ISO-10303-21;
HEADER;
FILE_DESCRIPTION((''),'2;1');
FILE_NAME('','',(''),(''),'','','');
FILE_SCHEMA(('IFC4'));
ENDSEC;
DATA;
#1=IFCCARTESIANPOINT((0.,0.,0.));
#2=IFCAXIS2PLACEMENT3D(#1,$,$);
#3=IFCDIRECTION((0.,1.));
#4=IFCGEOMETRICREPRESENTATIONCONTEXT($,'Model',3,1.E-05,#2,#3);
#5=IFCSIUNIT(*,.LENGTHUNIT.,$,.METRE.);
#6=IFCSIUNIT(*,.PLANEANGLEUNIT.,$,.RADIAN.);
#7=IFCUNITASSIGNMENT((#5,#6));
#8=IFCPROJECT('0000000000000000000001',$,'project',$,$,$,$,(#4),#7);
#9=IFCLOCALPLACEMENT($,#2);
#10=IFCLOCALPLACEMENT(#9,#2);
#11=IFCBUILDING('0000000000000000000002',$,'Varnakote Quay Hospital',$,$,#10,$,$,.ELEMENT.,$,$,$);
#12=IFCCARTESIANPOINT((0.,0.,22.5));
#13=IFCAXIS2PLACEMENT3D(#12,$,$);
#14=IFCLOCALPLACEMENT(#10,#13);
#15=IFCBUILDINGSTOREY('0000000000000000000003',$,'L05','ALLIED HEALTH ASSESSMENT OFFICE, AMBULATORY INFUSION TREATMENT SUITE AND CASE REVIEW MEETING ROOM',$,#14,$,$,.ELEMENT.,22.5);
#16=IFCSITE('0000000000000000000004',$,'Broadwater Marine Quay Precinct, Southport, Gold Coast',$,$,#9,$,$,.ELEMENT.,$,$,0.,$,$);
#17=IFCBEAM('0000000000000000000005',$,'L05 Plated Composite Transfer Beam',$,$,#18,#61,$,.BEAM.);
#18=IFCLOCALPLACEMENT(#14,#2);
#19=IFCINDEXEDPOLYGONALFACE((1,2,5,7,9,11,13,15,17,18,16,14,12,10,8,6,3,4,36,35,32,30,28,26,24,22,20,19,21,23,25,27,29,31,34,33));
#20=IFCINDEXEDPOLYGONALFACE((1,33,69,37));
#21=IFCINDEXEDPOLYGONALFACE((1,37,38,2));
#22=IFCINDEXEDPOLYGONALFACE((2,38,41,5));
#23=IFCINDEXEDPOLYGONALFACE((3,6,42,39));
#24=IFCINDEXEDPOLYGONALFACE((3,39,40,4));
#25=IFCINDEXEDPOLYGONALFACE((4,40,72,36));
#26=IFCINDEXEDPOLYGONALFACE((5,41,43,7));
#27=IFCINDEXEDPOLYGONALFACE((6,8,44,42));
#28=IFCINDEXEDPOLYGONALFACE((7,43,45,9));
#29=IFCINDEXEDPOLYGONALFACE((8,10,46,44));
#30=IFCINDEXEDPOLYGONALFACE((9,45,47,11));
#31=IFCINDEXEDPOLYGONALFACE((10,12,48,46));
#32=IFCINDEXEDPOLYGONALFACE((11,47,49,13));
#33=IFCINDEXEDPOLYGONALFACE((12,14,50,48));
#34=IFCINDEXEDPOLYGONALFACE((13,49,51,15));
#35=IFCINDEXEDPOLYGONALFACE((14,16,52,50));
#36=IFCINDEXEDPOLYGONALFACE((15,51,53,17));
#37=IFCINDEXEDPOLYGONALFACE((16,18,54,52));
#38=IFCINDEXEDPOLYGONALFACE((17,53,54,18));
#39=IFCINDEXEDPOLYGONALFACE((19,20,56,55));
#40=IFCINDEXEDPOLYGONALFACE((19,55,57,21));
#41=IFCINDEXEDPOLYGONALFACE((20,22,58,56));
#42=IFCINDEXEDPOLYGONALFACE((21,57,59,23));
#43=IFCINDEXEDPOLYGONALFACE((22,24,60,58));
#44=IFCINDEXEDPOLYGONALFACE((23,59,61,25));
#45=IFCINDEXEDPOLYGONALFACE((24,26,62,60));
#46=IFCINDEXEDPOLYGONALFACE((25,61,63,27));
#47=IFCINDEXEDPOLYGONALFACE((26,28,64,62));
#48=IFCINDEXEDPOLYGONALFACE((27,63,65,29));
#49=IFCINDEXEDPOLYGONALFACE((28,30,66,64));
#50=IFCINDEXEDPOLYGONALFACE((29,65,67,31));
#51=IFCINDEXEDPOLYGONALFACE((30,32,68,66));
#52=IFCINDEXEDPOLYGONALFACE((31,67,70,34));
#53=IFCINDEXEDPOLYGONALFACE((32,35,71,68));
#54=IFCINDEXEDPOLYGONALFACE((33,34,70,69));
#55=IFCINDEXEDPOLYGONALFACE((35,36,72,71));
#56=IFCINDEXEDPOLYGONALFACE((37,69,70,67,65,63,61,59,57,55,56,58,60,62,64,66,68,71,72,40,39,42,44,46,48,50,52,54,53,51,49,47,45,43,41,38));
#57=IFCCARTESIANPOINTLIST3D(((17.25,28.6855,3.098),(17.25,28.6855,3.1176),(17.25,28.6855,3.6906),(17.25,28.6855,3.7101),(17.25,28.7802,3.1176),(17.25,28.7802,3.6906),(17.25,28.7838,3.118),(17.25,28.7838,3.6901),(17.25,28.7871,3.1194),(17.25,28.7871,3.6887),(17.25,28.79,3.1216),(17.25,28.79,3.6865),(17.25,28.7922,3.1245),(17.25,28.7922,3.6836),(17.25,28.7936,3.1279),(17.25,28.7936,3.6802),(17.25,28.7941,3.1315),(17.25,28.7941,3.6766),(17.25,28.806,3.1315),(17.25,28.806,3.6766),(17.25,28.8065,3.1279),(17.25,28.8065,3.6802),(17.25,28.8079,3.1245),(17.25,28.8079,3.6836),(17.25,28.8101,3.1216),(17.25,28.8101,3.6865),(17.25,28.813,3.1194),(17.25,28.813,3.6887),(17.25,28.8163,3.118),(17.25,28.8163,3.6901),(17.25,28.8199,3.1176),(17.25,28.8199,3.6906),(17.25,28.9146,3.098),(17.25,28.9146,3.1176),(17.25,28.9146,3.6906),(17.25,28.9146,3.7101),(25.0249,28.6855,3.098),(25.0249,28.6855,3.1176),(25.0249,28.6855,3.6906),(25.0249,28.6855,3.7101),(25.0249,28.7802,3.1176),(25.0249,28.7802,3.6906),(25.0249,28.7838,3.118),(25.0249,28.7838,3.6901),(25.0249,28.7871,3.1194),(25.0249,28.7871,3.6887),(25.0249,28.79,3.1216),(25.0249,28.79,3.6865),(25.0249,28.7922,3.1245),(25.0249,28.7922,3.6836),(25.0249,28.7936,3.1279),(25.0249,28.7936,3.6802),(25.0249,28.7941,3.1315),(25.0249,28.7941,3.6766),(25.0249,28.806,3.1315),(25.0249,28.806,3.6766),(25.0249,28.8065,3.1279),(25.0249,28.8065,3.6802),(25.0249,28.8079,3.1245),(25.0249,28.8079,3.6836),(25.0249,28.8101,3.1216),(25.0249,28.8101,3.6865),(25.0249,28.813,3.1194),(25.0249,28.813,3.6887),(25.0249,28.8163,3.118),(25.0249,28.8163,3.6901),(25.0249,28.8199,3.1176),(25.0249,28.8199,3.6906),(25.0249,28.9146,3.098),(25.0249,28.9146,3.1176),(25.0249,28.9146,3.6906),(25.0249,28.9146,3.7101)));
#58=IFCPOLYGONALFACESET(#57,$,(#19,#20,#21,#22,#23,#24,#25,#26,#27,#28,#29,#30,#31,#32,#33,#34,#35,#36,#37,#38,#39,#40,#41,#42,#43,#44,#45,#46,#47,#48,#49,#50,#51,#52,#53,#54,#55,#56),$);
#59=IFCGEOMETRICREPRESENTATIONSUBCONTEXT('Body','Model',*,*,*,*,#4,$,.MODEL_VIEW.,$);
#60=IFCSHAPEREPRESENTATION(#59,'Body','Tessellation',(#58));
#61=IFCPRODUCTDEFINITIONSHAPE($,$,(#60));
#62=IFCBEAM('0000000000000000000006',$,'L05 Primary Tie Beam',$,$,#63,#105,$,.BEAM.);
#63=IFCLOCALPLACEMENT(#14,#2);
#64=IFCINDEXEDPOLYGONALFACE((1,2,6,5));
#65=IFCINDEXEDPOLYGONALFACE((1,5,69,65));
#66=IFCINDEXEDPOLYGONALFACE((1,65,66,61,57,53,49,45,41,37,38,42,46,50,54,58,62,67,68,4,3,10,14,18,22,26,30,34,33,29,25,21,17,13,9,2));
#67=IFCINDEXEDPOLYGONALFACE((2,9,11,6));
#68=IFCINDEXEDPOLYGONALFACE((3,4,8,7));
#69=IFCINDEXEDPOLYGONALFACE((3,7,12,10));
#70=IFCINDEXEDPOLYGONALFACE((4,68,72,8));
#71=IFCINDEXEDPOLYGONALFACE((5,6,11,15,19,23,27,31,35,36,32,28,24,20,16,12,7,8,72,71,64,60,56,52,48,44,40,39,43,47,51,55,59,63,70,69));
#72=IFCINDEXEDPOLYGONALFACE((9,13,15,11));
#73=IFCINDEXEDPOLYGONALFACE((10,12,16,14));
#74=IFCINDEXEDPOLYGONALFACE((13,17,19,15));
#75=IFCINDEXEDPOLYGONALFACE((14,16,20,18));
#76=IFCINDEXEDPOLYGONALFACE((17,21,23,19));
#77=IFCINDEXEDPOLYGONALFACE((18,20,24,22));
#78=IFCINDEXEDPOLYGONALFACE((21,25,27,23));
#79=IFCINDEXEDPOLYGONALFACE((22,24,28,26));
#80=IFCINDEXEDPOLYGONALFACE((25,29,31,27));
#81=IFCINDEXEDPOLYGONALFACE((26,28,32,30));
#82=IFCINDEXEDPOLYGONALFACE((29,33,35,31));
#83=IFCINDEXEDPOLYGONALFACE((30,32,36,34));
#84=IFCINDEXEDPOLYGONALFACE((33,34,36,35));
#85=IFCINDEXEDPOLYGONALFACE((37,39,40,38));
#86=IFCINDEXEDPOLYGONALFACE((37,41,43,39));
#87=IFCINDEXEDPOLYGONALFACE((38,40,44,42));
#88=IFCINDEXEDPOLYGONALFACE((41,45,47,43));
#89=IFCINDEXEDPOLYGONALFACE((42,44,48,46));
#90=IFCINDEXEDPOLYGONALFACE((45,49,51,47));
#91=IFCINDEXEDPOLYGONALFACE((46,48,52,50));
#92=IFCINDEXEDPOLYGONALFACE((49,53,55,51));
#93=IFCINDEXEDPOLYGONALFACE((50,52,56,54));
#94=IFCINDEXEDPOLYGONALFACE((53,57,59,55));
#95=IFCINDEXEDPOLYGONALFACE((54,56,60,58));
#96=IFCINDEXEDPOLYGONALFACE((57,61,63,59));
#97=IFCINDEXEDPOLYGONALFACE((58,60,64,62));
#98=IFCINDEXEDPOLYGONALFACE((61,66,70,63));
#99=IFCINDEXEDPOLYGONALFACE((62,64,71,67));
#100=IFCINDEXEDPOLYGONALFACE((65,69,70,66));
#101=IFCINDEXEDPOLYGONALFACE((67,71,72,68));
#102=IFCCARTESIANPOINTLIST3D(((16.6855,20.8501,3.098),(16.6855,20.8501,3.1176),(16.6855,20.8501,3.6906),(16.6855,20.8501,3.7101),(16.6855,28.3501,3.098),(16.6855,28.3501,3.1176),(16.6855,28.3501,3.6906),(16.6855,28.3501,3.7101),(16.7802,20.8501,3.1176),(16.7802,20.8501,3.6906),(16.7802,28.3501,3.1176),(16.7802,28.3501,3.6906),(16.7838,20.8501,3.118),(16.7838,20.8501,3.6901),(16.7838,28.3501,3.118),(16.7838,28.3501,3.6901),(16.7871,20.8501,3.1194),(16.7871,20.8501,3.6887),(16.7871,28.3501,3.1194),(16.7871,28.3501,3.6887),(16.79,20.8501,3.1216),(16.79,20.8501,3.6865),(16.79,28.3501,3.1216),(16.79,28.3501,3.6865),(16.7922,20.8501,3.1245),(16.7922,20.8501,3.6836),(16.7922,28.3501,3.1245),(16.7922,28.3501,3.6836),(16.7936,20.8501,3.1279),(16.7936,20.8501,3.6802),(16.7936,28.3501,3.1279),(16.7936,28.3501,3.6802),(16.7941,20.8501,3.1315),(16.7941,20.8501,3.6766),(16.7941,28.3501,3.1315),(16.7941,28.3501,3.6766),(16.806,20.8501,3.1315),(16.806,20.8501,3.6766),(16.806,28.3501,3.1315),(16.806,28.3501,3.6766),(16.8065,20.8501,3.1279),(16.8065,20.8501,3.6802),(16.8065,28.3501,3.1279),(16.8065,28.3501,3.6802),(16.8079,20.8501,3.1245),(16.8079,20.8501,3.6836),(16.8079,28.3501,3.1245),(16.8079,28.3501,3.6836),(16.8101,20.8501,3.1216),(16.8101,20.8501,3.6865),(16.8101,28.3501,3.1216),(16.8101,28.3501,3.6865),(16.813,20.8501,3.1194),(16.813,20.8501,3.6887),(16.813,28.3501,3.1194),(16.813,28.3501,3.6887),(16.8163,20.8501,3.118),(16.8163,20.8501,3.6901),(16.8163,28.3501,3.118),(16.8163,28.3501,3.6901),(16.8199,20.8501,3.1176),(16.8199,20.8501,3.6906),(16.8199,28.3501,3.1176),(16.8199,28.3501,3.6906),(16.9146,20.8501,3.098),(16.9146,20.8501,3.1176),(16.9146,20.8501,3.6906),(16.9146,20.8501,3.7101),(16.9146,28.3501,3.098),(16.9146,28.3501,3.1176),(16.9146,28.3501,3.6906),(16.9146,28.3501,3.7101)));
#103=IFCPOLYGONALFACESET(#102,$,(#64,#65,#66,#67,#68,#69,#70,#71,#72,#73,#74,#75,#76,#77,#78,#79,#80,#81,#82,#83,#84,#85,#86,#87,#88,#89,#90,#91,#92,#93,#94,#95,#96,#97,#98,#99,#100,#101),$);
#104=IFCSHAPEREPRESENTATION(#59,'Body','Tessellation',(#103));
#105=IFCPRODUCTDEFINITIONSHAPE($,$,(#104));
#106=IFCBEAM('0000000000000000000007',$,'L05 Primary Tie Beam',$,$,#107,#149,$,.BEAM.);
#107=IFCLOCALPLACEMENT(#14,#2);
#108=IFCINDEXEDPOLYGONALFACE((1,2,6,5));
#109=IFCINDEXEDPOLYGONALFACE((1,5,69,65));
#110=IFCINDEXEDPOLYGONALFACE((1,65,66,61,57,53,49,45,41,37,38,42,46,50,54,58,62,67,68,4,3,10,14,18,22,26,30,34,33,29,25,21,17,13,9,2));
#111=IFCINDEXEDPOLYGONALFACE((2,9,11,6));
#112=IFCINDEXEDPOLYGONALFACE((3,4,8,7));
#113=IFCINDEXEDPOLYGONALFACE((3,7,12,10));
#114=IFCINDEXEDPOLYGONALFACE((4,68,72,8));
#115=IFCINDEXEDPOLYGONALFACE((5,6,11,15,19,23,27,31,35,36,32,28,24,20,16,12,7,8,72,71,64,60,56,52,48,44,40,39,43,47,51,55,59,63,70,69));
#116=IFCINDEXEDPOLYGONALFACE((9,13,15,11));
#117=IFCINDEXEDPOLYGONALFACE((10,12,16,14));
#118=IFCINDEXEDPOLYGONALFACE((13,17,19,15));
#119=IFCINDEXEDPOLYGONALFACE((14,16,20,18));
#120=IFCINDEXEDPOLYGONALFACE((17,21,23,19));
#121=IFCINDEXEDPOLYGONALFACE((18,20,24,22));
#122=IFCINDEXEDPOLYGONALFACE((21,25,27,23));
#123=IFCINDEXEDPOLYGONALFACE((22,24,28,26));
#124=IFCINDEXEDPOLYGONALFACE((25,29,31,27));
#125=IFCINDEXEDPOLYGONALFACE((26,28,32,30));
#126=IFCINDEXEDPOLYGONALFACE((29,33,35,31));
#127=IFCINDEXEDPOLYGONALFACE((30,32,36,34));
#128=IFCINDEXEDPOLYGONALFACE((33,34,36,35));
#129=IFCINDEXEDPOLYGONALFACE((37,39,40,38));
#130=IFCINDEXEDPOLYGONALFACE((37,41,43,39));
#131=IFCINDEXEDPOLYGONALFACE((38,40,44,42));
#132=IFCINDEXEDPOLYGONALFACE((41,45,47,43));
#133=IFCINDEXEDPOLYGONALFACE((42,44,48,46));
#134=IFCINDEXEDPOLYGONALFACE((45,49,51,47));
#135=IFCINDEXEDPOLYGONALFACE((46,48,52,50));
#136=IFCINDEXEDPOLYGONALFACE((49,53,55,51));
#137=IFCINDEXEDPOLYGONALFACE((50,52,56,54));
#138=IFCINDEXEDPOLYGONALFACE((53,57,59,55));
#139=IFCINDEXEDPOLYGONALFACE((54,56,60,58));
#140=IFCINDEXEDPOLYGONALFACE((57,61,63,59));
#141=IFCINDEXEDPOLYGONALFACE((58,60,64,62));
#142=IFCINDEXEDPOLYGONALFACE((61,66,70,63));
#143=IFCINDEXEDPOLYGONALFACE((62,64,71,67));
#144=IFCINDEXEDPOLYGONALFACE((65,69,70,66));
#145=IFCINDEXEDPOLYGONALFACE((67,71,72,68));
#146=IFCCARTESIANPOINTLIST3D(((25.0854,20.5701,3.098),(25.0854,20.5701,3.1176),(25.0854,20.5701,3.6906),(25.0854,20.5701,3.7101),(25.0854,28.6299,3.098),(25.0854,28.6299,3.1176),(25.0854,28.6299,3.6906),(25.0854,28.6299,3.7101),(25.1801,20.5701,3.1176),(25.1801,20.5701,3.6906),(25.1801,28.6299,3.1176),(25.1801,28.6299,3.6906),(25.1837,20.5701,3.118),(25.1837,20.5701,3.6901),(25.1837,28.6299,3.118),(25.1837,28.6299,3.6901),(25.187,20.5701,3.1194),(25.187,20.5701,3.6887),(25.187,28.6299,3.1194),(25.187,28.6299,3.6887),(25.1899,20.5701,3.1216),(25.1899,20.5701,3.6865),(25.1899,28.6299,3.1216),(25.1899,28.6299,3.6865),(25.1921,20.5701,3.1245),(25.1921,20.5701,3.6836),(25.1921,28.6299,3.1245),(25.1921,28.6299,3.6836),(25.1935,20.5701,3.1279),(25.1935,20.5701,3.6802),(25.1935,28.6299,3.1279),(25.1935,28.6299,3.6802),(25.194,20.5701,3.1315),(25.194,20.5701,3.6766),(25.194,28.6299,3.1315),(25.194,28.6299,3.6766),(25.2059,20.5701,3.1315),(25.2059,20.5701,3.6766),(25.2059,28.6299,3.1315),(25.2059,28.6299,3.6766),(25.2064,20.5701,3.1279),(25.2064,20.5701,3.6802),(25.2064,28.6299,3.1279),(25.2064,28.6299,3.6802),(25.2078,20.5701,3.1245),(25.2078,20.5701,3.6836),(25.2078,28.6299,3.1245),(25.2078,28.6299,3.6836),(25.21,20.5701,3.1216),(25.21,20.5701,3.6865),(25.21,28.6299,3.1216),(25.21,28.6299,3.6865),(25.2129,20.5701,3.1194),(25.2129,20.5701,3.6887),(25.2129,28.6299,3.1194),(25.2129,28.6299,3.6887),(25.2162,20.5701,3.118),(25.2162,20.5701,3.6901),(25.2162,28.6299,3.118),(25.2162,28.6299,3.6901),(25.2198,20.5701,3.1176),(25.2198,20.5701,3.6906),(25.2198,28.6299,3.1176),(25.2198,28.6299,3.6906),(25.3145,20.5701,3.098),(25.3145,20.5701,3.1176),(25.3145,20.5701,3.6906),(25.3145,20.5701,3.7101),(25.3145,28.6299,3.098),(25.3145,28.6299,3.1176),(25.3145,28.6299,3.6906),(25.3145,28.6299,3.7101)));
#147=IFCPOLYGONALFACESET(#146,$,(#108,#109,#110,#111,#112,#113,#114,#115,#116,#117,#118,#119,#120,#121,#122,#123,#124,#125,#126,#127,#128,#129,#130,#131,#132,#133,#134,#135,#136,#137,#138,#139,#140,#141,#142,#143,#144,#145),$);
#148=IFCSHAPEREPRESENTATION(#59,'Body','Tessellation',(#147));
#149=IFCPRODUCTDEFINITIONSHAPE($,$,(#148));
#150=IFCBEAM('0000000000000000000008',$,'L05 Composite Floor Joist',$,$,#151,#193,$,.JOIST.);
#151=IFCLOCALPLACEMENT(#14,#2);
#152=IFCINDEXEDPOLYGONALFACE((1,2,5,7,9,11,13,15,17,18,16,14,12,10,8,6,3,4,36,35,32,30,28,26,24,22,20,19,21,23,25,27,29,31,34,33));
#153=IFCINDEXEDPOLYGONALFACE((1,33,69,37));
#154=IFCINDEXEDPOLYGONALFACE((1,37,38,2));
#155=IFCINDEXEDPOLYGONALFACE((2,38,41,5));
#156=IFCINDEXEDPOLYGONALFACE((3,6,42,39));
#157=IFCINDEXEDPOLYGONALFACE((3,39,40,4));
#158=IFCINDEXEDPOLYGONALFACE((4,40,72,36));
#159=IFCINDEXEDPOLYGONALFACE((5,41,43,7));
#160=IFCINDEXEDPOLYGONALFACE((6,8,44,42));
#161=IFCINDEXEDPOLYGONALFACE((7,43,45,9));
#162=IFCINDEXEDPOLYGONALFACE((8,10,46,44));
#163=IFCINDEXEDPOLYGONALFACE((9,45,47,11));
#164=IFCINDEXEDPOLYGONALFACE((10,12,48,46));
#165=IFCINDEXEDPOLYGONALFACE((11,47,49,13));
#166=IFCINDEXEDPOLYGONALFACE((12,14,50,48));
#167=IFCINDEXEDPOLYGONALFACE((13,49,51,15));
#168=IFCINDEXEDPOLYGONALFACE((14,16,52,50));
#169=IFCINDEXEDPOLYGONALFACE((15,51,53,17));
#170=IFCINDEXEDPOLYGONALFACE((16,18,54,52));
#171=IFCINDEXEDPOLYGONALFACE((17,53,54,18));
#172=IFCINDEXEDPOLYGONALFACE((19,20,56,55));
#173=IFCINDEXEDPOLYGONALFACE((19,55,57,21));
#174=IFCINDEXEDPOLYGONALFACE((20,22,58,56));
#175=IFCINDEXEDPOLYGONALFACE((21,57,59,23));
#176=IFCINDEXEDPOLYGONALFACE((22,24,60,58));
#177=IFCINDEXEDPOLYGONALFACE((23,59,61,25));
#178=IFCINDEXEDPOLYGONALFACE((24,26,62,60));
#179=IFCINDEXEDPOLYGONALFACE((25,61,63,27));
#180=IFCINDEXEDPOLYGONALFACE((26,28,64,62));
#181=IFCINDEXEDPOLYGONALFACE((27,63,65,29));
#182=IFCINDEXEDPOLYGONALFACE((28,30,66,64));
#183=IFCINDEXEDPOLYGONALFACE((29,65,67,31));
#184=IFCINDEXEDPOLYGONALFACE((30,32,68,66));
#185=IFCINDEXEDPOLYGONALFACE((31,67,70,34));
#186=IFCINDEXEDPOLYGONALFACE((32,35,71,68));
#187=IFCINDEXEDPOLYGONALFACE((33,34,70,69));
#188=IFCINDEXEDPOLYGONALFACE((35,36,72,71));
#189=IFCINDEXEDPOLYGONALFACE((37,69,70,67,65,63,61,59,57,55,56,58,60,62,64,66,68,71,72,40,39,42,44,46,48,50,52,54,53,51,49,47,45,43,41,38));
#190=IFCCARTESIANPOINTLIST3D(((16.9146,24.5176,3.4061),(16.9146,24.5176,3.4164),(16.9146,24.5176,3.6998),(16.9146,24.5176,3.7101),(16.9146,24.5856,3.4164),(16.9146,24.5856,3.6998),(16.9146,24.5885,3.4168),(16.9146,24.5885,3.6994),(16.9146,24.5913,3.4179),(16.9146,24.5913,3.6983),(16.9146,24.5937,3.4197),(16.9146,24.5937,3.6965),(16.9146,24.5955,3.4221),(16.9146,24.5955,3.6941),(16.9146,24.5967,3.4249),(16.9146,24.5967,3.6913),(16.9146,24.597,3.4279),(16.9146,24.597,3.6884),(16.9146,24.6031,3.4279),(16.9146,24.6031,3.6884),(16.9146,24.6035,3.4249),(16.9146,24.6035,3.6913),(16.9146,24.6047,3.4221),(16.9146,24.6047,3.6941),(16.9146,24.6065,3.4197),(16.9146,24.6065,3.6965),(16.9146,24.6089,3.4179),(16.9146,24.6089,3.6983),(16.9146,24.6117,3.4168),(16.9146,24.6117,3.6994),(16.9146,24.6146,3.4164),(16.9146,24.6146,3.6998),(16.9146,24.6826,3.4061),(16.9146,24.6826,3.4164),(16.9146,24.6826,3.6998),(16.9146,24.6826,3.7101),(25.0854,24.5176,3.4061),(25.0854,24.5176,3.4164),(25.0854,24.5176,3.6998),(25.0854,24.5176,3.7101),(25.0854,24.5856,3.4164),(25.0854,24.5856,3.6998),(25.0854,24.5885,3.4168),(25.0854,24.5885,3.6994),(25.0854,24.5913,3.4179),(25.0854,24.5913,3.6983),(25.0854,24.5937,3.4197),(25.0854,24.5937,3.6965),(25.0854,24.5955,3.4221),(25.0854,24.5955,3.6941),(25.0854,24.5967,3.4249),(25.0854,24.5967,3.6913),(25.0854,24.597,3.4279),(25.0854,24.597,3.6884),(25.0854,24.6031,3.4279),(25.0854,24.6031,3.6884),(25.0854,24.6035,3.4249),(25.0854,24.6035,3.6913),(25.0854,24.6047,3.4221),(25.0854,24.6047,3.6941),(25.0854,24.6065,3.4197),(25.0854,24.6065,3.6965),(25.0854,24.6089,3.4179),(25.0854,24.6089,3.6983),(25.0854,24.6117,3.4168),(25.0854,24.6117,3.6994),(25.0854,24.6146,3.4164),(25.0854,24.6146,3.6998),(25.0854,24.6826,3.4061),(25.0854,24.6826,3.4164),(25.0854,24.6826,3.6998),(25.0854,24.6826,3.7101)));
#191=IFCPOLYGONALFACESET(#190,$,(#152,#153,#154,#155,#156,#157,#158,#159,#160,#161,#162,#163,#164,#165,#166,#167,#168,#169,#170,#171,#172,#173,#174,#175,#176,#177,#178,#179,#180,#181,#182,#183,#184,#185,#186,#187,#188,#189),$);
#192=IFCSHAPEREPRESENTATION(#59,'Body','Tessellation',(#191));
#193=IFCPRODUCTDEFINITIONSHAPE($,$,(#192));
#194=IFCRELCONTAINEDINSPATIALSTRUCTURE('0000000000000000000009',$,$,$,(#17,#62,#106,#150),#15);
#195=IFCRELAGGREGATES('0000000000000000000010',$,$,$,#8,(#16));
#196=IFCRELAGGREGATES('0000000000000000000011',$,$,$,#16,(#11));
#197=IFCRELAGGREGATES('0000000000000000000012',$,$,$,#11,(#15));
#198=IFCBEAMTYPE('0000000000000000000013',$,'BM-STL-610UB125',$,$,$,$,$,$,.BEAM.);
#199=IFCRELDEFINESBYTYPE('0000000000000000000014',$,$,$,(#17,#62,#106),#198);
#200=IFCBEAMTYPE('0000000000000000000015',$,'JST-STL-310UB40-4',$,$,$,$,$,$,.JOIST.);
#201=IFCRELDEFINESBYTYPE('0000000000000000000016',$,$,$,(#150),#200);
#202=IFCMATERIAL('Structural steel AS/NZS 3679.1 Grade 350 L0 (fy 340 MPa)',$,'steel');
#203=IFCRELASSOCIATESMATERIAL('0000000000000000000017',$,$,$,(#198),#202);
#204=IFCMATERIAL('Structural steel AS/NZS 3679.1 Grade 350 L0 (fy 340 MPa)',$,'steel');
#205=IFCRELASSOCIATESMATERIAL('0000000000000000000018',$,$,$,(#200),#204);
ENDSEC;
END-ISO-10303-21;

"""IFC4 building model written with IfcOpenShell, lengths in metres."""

from ifc_helpers import new_model, si_unit, direction, frame, origin, origin_2d, place, context, subcontext, project, spatial, i_section, extrude, material, material_profile, profile_set, type_object, element, save


model = new_model("IFC4")

# Units and contexts
model_context = context("Model", 3, precision=1e-05, world=origin(), true_north=direction((0.0, 1.0)))
body_context = subcontext(model_context, "Body", "Model", "MODEL_VIEW")
ifc_project = project(units=[si_unit("LENGTHUNIT", "METRE"), si_unit("PLANEANGLEUNIT", "RADIAN")], contexts=[model_context])

# Site, building, storey
site_placement = place(None, origin())
site = spatial("IfcSite", under=ifc_project, at=site_placement, Name="Broadwater Marine Quay Precinct, Southport, Gold Coast", CompositionType="ELEMENT", RefElevation=0.0)
building_placement = place(site_placement, origin())
building = spatial("IfcBuilding", under=site, at=building_placement, Name="Varnakote Quay Hospital", CompositionType="ELEMENT")
storey_placement = place(building_placement, frame((0.0, 0.0, 22.5)))
storey = spatial("IfcBuildingStorey", under=building, at=storey_placement, Name="L05", Description="ALLIED HEALTH ASSESSMENT OFFICE, AMBULATORY INFUSION TREATMENT SUITE AND CASE REVIEW MEETING ROOM", CompositionType="ELEMENT", Elevation=22.5)

# Beams
ifc_material_1 = material(Name="Structural steel AS/NZS 3679.1 Grade 350 L0 (fy 340 MPa)", Category="steel")
ifc_material_profile_1 = material_profile(ifc_material_1, i_section(OverallWidth=0.229, OverallDepth=0.6121, WebThickness=0.012, FlangeThickness=0.0195, FilletRadius=0.0139, at=origin_2d()), Name="610UB125")
ifc_profile_set_1 = profile_set([ifc_material_profile_1], Name="Structural steel AS/NZS 3679.1 Grade 350 L0 (fy 340 MPa)")
beam_type_1 = type_object("IfcBeamType", Name="BM-STL-610UB125", PredefinedType="BEAM", material=ifc_profile_set_1)
for number, where, z_axis, x_axis, name in (
    (1, (17.25, 28.8, 3.4041), (1.0, 0.0, 0.0), (0.0, 1.0, 0.0), "L05 Plated Composite Transfer Beam"),
):
    element("IfcBeam", number, at=place(storey_placement, frame(where, z_axis=z_axis, x_axis=x_axis)), inside=storey, type_object=beam_type_1, Name=name, PredefinedType="BEAM", context=body_context, shape_type="SweptSolid", body=[
        extrude(i_section(OverallWidth=0.229, OverallDepth=0.6121, WebThickness=0.012, FlangeThickness=0.0195, FilletRadius=0.0139, at=origin_2d()), origin(), (0.0, 0.0, 1.0), 7.7749),
    ])
beam_1_placement = place(storey_placement, frame((16.8, 20.8501, 3.4041), z_axis=(0.0, 1.0, 0.0), x_axis=(-1.0, 0.0, 0.0)))
element("IfcBeam", 2, at=beam_1_placement, inside=storey, type_object=beam_type_1, Name="L05 Primary Tie Beam", PredefinedType="BEAM", context=body_context, shape_type="SweptSolid", body=[
    extrude(i_section(OverallWidth=0.229, OverallDepth=0.6121, WebThickness=0.012, FlangeThickness=0.0195, FilletRadius=0.0139, at=origin_2d()), origin(), (0.0, 0.0, 1.0), 7.5),
])
beam_2_placement = place(storey_placement, frame((25.2, 20.5701, 3.4041), z_axis=(0.0, 1.0, 0.0), x_axis=(-1.0, 0.0, 0.0)))
element("IfcBeam", 3, at=beam_2_placement, inside=storey, type_object=beam_type_1, Name="L05 Primary Tie Beam", PredefinedType="BEAM", context=body_context, shape_type="SweptSolid", body=[
    extrude(i_section(OverallWidth=0.229, OverallDepth=0.6121, WebThickness=0.012, FlangeThickness=0.0195, FilletRadius=0.0139, at=origin_2d()), origin(), (0.0, 0.0, 1.0), 8.0598),
])
ifc_material_2 = material(Name="Structural steel AS/NZS 3679.1 Grade 350 L0 (fy 340 MPa)", Category="steel")
ifc_material_profile_2 = material_profile(ifc_material_2, i_section(OverallWidth=0.165, OverallDepth=0.304, WebThickness=0.0061, FlangeThickness=0.0103, FilletRadius=0.0115, at=origin_2d()), Name="310UB40.4")
ifc_profile_set_2 = profile_set([ifc_material_profile_2], Name="Structural steel AS/NZS 3679.1 Grade 350 L0 (fy 340 MPa)")
beam_type_2 = type_object("IfcBeamType", Name="JST-STL-310UB40-4", PredefinedType="JOIST", material=ifc_profile_set_2)
beam_3_placement = place(storey_placement, frame((16.9146, 24.6001, 3.5581), z_axis=(1.0, 0.0, 0.0), x_axis=(0.0, 1.0, 0.0)))
element("IfcBeam", 4, at=beam_3_placement, inside=storey, type_object=beam_type_2, Name="L05 Composite Floor Joist", PredefinedType="JOIST", context=body_context, shape_type="SweptSolid", body=[
    extrude(i_section(OverallWidth=0.165, OverallDepth=0.304, WebThickness=0.0061, FlangeThickness=0.0103, FilletRadius=0.0115, at=origin_2d()), origin(), (0.0, 0.0, 1.0), 8.1709),
])

save(model, "model.ifc")
